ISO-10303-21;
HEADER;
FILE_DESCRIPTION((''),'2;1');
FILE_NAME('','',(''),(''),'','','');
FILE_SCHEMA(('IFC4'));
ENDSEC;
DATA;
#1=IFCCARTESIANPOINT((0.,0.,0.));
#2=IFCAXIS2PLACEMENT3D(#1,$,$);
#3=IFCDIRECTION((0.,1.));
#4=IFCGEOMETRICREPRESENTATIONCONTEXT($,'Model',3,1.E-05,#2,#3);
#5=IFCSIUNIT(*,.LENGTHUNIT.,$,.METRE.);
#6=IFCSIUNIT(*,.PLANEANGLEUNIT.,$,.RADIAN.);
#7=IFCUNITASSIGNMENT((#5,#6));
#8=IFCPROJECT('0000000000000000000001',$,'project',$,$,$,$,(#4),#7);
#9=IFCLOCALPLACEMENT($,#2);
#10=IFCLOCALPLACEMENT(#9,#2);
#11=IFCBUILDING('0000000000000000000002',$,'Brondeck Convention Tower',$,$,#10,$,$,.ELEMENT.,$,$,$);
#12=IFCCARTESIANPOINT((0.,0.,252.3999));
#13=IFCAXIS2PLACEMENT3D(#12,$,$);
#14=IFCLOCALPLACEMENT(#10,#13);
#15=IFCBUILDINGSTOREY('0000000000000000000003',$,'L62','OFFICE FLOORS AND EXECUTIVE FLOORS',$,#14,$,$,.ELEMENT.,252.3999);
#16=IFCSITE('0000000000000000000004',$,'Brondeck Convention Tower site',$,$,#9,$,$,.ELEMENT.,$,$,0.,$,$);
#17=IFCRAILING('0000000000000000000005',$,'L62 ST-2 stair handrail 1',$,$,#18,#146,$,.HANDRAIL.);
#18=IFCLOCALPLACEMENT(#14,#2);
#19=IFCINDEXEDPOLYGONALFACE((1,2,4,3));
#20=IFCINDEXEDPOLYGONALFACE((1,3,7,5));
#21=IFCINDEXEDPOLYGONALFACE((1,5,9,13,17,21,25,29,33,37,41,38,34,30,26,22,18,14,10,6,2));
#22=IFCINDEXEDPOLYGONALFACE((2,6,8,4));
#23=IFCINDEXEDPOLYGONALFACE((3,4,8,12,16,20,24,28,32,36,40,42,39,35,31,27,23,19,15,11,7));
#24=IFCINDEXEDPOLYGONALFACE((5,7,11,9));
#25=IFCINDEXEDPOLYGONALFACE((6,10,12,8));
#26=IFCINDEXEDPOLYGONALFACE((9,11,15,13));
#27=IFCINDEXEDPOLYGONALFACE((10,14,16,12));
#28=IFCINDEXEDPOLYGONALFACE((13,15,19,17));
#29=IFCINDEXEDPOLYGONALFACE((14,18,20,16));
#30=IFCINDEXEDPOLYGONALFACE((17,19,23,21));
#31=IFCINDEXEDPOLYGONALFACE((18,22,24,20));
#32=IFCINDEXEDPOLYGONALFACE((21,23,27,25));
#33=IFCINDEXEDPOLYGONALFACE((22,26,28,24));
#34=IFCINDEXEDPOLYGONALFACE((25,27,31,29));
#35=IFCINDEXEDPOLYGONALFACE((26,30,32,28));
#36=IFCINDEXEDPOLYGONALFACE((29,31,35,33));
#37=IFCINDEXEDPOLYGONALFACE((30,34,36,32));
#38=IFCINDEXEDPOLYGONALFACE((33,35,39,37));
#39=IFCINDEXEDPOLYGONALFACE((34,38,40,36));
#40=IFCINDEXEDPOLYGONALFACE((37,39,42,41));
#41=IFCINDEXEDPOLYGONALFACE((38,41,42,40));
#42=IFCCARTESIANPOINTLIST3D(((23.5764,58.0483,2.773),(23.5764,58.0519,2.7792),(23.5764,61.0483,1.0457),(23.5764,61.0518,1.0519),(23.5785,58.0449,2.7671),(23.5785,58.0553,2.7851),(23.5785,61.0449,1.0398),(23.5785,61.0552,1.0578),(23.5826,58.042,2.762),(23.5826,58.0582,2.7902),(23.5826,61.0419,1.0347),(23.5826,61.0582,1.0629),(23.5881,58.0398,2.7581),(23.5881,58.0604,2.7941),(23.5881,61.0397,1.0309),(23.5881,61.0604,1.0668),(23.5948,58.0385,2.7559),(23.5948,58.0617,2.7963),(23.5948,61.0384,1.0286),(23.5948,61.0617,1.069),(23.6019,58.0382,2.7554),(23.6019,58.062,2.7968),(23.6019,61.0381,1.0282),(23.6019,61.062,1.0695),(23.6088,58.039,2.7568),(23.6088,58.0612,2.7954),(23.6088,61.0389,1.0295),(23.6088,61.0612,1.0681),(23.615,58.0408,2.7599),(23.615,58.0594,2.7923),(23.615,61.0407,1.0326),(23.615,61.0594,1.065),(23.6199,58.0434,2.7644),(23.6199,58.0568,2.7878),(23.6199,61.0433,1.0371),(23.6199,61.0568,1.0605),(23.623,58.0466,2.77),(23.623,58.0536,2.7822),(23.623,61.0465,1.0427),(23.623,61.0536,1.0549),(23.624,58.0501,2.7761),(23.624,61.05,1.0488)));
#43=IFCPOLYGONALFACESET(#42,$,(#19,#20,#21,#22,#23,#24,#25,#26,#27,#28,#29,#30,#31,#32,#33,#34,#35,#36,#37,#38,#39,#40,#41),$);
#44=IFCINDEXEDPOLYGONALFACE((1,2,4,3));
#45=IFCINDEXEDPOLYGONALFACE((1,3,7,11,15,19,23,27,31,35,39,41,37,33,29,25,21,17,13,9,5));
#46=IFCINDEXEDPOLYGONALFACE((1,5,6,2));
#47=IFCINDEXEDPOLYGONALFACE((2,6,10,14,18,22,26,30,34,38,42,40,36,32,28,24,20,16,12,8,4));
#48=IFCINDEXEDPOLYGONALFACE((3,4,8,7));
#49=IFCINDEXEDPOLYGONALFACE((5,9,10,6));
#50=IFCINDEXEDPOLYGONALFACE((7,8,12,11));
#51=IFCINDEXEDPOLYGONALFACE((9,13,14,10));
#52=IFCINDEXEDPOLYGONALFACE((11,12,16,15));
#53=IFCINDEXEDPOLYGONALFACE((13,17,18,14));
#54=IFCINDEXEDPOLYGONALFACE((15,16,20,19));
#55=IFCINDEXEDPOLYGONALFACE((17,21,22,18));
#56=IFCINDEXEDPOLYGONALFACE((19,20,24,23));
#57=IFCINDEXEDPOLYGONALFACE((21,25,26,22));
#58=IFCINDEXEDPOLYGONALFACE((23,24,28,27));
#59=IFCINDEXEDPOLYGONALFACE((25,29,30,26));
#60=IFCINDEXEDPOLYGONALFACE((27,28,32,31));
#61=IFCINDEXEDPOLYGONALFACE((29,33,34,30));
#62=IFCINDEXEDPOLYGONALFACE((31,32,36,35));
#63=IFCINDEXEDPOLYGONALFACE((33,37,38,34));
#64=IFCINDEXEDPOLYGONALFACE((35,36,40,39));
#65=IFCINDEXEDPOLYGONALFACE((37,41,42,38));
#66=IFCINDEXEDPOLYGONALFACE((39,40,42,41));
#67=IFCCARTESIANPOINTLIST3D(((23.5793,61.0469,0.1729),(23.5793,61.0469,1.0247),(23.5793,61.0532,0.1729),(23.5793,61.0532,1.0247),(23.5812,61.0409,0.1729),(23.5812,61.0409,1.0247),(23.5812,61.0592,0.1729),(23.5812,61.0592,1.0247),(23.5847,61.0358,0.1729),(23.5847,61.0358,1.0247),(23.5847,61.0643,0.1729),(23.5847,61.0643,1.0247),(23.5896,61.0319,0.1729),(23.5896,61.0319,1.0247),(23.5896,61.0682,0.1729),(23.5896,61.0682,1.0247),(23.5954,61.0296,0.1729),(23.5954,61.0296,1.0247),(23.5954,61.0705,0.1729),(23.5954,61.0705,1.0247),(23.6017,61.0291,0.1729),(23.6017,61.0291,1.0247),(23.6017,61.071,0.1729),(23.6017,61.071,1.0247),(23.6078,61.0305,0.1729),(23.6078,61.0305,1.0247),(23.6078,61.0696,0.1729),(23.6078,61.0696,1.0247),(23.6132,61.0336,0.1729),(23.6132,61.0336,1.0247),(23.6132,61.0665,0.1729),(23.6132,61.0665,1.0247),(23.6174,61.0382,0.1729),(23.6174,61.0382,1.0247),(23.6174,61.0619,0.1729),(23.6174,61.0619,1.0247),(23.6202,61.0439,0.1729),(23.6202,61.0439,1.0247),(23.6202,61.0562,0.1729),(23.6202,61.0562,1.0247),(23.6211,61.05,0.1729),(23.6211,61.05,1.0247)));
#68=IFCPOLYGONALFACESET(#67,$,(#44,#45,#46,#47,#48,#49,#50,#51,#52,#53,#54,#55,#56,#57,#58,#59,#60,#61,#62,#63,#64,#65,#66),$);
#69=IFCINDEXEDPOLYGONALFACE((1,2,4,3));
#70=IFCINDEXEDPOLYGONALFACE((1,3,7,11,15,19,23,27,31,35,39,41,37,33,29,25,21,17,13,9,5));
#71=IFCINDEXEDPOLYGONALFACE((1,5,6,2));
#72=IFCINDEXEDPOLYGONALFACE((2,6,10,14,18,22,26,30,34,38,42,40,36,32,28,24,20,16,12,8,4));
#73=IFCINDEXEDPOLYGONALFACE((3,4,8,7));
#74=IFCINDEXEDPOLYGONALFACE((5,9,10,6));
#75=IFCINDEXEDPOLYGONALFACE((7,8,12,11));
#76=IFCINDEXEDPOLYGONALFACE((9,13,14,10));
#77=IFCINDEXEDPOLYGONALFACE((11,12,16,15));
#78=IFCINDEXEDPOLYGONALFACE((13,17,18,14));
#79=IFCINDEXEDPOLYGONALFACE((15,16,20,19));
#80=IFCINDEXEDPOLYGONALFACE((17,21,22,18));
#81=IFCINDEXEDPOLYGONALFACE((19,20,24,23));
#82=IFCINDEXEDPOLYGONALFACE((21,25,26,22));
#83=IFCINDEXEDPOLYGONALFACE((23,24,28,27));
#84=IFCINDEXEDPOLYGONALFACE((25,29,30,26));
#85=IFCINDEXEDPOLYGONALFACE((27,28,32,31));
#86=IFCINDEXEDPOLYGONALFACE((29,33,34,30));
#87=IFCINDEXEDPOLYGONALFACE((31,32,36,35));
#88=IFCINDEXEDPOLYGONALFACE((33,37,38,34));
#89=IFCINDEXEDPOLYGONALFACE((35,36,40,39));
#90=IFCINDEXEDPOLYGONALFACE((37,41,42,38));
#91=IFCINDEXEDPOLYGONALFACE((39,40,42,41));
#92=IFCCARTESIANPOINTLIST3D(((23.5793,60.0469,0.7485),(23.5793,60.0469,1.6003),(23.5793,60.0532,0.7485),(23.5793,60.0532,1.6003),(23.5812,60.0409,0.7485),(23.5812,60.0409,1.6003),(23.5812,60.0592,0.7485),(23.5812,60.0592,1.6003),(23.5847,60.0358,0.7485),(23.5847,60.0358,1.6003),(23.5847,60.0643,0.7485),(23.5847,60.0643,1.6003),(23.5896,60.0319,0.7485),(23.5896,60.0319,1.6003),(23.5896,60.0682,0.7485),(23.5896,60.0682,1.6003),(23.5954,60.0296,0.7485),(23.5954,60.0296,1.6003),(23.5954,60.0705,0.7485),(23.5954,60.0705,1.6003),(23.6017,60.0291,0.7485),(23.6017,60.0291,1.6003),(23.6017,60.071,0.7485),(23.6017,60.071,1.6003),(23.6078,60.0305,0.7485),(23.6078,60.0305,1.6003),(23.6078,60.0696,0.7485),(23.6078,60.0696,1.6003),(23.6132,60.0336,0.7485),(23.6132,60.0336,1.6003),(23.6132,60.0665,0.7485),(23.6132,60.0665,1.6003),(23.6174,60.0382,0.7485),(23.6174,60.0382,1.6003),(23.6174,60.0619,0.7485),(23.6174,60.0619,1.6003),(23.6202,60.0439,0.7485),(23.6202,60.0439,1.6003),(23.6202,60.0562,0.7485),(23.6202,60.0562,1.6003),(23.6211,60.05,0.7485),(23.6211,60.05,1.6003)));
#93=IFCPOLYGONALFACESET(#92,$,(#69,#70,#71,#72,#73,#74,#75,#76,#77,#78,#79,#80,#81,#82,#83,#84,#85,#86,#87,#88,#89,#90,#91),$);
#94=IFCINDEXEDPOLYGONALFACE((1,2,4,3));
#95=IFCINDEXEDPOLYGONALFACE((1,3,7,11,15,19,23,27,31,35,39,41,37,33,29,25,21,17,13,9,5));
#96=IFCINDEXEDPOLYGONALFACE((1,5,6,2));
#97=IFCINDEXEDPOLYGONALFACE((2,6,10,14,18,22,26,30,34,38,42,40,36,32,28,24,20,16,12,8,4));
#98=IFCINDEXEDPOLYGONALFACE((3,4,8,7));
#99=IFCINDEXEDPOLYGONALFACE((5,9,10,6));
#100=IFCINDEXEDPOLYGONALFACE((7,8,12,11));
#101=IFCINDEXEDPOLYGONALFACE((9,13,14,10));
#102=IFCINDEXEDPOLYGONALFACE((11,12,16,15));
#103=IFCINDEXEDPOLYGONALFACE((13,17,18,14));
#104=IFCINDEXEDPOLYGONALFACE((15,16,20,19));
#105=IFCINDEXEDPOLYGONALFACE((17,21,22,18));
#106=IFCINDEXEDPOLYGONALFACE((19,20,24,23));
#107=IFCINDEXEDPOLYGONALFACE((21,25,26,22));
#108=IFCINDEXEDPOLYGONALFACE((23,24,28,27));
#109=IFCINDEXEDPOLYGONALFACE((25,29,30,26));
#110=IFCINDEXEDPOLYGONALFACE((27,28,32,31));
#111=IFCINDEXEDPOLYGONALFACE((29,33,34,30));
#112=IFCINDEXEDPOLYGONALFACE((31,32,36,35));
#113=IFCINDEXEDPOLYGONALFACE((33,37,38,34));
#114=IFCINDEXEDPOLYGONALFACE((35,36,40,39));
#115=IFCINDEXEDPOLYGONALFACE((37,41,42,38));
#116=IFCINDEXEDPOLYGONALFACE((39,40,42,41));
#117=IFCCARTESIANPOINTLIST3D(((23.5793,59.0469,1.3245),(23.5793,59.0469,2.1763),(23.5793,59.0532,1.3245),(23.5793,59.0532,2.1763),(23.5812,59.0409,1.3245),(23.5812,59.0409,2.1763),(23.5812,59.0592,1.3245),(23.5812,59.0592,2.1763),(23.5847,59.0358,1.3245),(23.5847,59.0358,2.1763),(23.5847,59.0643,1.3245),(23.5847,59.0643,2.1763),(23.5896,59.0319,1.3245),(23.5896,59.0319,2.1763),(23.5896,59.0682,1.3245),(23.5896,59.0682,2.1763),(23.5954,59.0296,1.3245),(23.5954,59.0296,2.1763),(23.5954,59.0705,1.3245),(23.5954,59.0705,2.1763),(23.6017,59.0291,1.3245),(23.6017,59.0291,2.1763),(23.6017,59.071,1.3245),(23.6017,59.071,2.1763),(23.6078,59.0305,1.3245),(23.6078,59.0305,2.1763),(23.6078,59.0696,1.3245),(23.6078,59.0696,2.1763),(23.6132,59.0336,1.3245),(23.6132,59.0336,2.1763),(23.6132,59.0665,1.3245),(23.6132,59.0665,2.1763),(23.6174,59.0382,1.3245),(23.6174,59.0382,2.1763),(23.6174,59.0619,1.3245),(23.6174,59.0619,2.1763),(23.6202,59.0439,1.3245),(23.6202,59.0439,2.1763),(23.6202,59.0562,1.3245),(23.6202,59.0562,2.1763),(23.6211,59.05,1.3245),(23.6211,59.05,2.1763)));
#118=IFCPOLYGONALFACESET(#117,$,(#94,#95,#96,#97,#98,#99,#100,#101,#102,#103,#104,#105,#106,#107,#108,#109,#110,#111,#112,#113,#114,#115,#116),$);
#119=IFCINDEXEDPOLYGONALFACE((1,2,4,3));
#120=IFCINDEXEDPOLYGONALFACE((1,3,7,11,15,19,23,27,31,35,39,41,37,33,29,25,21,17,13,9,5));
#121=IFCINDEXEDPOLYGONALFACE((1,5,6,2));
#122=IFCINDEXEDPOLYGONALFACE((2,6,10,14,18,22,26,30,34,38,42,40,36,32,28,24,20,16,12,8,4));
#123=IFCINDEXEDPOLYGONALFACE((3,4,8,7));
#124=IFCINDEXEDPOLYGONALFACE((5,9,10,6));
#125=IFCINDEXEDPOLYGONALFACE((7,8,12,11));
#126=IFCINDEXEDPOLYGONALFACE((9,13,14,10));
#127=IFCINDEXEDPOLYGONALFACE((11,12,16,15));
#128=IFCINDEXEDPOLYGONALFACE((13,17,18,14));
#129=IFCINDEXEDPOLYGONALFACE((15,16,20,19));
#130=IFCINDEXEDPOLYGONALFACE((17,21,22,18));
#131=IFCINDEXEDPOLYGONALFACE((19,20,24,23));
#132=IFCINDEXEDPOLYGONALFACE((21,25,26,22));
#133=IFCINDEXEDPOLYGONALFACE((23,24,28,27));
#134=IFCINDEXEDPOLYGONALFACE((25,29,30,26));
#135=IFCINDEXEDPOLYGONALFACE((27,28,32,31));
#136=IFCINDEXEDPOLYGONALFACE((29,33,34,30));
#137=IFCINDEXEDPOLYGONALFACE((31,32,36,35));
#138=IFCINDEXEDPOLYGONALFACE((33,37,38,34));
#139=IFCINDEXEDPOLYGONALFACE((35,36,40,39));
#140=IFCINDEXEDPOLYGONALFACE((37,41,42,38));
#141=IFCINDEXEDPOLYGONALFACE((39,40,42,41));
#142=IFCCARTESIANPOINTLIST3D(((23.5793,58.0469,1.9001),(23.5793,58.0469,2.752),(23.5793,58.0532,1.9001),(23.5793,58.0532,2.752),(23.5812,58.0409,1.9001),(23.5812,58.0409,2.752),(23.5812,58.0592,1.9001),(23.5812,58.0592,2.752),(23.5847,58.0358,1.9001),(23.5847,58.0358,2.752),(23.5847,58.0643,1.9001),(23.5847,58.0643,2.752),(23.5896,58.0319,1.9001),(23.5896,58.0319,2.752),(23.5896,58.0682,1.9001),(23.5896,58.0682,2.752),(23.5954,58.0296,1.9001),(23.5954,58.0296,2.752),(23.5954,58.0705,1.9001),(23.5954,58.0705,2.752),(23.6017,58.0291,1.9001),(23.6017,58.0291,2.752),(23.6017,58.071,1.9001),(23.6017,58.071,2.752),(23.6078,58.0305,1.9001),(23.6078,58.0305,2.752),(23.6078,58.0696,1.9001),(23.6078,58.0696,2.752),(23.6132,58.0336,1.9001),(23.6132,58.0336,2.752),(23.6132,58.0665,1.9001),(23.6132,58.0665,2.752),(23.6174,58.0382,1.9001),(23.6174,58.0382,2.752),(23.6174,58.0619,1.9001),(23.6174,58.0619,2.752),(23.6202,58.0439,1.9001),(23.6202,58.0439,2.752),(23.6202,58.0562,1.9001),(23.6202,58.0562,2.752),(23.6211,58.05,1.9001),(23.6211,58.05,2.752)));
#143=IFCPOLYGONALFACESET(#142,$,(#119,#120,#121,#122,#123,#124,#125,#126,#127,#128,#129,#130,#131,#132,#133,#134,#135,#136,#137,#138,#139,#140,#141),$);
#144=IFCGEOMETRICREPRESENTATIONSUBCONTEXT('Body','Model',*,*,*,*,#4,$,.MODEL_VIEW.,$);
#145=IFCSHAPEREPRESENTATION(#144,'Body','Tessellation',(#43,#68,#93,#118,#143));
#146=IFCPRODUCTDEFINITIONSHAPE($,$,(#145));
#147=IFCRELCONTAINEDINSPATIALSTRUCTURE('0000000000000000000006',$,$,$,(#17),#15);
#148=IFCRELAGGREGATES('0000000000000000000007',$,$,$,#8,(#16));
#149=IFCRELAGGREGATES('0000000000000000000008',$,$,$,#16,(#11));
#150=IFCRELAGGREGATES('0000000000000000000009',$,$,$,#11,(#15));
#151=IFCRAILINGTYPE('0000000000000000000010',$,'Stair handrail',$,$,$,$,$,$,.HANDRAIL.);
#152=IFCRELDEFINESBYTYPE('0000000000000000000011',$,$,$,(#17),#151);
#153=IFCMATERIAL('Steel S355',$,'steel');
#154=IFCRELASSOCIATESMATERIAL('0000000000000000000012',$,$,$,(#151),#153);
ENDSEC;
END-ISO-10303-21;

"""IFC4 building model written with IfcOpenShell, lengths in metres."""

from ifc_helpers import new_model, si_unit, direction, frame, origin, origin_2d, place, context, subcontext, project, spatial, circle, extrude, material, type_object, element, save


model = new_model("IFC4")

# Units and contexts
model_context = context("Model", 3, precision=1e-05, world=origin(), true_north=direction((0.0, 1.0)))
body_context = subcontext(model_context, "Body", "Model", "MODEL_VIEW")
ifc_project = project(units=[si_unit("LENGTHUNIT", "METRE"), si_unit("PLANEANGLEUNIT", "RADIAN")], contexts=[model_context])

# Site, building, storey
site_placement = place(None, origin())
site = spatial("IfcSite", under=ifc_project, at=site_placement, Name="Brondeck Convention Tower site", CompositionType="ELEMENT", RefElevation=0.0)
building_placement = place(site_placement, origin())
building = spatial("IfcBuilding", under=site, at=building_placement, Name="Brondeck Convention Tower", CompositionType="ELEMENT")
storey_placement = place(building_placement, frame((0.0, 0.0, 252.3999)))
storey = spatial("IfcBuildingStorey", under=building, at=storey_placement, Name="L62", Description="OFFICE FLOORS AND EXECUTIVE FLOORS", CompositionType="ELEMENT", Elevation=252.3999)

# Railing
ifc_material_1 = material(Name="Steel S355", Category="steel")
railing_type_1 = type_object("IfcRailingType", Name="Stair handrail", PredefinedType="HANDRAIL", material=ifc_material_1)
railing_1_placement = place(storey_placement, frame((23.6001, 61.05, 0.1729)))
element("IfcRailing", 1, at=railing_1_placement, inside=storey, type_object=railing_type_1, Name="L62 ST-2 stair handrail 1", PredefinedType="HANDRAIL", context=body_context, shape_type="SweptSolid", body=[
    extrude(circle(Radius=0.0239, at=origin_2d()), frame((0.0, 0.0, 0.876), z_axis=(0.0, -0.86662, 0.498969), x_axis=(1.0, 0.0, 0.0)), (0.0, 0.0, 1.0), 3.4617),
    extrude(circle(Radius=0.021, at=origin_2d()), origin(), (0.0, 0.0, 1.0), 0.8518),
    extrude(circle(Radius=0.021, at=origin_2d()), frame((0.0, -1.0, 0.5757)), (0.0, 0.0, 1.0), 0.8518),
    extrude(circle(Radius=0.021, at=origin_2d()), frame((0.0, -2.0, 1.1516)), (0.0, 0.0, 1.0), 0.8518),
    extrude(circle(Radius=0.021, at=origin_2d()), frame((0.0, -3.0, 1.7273)), (0.0, 0.0, 1.0), 0.8518),
])

save(model, "model.ifc")
